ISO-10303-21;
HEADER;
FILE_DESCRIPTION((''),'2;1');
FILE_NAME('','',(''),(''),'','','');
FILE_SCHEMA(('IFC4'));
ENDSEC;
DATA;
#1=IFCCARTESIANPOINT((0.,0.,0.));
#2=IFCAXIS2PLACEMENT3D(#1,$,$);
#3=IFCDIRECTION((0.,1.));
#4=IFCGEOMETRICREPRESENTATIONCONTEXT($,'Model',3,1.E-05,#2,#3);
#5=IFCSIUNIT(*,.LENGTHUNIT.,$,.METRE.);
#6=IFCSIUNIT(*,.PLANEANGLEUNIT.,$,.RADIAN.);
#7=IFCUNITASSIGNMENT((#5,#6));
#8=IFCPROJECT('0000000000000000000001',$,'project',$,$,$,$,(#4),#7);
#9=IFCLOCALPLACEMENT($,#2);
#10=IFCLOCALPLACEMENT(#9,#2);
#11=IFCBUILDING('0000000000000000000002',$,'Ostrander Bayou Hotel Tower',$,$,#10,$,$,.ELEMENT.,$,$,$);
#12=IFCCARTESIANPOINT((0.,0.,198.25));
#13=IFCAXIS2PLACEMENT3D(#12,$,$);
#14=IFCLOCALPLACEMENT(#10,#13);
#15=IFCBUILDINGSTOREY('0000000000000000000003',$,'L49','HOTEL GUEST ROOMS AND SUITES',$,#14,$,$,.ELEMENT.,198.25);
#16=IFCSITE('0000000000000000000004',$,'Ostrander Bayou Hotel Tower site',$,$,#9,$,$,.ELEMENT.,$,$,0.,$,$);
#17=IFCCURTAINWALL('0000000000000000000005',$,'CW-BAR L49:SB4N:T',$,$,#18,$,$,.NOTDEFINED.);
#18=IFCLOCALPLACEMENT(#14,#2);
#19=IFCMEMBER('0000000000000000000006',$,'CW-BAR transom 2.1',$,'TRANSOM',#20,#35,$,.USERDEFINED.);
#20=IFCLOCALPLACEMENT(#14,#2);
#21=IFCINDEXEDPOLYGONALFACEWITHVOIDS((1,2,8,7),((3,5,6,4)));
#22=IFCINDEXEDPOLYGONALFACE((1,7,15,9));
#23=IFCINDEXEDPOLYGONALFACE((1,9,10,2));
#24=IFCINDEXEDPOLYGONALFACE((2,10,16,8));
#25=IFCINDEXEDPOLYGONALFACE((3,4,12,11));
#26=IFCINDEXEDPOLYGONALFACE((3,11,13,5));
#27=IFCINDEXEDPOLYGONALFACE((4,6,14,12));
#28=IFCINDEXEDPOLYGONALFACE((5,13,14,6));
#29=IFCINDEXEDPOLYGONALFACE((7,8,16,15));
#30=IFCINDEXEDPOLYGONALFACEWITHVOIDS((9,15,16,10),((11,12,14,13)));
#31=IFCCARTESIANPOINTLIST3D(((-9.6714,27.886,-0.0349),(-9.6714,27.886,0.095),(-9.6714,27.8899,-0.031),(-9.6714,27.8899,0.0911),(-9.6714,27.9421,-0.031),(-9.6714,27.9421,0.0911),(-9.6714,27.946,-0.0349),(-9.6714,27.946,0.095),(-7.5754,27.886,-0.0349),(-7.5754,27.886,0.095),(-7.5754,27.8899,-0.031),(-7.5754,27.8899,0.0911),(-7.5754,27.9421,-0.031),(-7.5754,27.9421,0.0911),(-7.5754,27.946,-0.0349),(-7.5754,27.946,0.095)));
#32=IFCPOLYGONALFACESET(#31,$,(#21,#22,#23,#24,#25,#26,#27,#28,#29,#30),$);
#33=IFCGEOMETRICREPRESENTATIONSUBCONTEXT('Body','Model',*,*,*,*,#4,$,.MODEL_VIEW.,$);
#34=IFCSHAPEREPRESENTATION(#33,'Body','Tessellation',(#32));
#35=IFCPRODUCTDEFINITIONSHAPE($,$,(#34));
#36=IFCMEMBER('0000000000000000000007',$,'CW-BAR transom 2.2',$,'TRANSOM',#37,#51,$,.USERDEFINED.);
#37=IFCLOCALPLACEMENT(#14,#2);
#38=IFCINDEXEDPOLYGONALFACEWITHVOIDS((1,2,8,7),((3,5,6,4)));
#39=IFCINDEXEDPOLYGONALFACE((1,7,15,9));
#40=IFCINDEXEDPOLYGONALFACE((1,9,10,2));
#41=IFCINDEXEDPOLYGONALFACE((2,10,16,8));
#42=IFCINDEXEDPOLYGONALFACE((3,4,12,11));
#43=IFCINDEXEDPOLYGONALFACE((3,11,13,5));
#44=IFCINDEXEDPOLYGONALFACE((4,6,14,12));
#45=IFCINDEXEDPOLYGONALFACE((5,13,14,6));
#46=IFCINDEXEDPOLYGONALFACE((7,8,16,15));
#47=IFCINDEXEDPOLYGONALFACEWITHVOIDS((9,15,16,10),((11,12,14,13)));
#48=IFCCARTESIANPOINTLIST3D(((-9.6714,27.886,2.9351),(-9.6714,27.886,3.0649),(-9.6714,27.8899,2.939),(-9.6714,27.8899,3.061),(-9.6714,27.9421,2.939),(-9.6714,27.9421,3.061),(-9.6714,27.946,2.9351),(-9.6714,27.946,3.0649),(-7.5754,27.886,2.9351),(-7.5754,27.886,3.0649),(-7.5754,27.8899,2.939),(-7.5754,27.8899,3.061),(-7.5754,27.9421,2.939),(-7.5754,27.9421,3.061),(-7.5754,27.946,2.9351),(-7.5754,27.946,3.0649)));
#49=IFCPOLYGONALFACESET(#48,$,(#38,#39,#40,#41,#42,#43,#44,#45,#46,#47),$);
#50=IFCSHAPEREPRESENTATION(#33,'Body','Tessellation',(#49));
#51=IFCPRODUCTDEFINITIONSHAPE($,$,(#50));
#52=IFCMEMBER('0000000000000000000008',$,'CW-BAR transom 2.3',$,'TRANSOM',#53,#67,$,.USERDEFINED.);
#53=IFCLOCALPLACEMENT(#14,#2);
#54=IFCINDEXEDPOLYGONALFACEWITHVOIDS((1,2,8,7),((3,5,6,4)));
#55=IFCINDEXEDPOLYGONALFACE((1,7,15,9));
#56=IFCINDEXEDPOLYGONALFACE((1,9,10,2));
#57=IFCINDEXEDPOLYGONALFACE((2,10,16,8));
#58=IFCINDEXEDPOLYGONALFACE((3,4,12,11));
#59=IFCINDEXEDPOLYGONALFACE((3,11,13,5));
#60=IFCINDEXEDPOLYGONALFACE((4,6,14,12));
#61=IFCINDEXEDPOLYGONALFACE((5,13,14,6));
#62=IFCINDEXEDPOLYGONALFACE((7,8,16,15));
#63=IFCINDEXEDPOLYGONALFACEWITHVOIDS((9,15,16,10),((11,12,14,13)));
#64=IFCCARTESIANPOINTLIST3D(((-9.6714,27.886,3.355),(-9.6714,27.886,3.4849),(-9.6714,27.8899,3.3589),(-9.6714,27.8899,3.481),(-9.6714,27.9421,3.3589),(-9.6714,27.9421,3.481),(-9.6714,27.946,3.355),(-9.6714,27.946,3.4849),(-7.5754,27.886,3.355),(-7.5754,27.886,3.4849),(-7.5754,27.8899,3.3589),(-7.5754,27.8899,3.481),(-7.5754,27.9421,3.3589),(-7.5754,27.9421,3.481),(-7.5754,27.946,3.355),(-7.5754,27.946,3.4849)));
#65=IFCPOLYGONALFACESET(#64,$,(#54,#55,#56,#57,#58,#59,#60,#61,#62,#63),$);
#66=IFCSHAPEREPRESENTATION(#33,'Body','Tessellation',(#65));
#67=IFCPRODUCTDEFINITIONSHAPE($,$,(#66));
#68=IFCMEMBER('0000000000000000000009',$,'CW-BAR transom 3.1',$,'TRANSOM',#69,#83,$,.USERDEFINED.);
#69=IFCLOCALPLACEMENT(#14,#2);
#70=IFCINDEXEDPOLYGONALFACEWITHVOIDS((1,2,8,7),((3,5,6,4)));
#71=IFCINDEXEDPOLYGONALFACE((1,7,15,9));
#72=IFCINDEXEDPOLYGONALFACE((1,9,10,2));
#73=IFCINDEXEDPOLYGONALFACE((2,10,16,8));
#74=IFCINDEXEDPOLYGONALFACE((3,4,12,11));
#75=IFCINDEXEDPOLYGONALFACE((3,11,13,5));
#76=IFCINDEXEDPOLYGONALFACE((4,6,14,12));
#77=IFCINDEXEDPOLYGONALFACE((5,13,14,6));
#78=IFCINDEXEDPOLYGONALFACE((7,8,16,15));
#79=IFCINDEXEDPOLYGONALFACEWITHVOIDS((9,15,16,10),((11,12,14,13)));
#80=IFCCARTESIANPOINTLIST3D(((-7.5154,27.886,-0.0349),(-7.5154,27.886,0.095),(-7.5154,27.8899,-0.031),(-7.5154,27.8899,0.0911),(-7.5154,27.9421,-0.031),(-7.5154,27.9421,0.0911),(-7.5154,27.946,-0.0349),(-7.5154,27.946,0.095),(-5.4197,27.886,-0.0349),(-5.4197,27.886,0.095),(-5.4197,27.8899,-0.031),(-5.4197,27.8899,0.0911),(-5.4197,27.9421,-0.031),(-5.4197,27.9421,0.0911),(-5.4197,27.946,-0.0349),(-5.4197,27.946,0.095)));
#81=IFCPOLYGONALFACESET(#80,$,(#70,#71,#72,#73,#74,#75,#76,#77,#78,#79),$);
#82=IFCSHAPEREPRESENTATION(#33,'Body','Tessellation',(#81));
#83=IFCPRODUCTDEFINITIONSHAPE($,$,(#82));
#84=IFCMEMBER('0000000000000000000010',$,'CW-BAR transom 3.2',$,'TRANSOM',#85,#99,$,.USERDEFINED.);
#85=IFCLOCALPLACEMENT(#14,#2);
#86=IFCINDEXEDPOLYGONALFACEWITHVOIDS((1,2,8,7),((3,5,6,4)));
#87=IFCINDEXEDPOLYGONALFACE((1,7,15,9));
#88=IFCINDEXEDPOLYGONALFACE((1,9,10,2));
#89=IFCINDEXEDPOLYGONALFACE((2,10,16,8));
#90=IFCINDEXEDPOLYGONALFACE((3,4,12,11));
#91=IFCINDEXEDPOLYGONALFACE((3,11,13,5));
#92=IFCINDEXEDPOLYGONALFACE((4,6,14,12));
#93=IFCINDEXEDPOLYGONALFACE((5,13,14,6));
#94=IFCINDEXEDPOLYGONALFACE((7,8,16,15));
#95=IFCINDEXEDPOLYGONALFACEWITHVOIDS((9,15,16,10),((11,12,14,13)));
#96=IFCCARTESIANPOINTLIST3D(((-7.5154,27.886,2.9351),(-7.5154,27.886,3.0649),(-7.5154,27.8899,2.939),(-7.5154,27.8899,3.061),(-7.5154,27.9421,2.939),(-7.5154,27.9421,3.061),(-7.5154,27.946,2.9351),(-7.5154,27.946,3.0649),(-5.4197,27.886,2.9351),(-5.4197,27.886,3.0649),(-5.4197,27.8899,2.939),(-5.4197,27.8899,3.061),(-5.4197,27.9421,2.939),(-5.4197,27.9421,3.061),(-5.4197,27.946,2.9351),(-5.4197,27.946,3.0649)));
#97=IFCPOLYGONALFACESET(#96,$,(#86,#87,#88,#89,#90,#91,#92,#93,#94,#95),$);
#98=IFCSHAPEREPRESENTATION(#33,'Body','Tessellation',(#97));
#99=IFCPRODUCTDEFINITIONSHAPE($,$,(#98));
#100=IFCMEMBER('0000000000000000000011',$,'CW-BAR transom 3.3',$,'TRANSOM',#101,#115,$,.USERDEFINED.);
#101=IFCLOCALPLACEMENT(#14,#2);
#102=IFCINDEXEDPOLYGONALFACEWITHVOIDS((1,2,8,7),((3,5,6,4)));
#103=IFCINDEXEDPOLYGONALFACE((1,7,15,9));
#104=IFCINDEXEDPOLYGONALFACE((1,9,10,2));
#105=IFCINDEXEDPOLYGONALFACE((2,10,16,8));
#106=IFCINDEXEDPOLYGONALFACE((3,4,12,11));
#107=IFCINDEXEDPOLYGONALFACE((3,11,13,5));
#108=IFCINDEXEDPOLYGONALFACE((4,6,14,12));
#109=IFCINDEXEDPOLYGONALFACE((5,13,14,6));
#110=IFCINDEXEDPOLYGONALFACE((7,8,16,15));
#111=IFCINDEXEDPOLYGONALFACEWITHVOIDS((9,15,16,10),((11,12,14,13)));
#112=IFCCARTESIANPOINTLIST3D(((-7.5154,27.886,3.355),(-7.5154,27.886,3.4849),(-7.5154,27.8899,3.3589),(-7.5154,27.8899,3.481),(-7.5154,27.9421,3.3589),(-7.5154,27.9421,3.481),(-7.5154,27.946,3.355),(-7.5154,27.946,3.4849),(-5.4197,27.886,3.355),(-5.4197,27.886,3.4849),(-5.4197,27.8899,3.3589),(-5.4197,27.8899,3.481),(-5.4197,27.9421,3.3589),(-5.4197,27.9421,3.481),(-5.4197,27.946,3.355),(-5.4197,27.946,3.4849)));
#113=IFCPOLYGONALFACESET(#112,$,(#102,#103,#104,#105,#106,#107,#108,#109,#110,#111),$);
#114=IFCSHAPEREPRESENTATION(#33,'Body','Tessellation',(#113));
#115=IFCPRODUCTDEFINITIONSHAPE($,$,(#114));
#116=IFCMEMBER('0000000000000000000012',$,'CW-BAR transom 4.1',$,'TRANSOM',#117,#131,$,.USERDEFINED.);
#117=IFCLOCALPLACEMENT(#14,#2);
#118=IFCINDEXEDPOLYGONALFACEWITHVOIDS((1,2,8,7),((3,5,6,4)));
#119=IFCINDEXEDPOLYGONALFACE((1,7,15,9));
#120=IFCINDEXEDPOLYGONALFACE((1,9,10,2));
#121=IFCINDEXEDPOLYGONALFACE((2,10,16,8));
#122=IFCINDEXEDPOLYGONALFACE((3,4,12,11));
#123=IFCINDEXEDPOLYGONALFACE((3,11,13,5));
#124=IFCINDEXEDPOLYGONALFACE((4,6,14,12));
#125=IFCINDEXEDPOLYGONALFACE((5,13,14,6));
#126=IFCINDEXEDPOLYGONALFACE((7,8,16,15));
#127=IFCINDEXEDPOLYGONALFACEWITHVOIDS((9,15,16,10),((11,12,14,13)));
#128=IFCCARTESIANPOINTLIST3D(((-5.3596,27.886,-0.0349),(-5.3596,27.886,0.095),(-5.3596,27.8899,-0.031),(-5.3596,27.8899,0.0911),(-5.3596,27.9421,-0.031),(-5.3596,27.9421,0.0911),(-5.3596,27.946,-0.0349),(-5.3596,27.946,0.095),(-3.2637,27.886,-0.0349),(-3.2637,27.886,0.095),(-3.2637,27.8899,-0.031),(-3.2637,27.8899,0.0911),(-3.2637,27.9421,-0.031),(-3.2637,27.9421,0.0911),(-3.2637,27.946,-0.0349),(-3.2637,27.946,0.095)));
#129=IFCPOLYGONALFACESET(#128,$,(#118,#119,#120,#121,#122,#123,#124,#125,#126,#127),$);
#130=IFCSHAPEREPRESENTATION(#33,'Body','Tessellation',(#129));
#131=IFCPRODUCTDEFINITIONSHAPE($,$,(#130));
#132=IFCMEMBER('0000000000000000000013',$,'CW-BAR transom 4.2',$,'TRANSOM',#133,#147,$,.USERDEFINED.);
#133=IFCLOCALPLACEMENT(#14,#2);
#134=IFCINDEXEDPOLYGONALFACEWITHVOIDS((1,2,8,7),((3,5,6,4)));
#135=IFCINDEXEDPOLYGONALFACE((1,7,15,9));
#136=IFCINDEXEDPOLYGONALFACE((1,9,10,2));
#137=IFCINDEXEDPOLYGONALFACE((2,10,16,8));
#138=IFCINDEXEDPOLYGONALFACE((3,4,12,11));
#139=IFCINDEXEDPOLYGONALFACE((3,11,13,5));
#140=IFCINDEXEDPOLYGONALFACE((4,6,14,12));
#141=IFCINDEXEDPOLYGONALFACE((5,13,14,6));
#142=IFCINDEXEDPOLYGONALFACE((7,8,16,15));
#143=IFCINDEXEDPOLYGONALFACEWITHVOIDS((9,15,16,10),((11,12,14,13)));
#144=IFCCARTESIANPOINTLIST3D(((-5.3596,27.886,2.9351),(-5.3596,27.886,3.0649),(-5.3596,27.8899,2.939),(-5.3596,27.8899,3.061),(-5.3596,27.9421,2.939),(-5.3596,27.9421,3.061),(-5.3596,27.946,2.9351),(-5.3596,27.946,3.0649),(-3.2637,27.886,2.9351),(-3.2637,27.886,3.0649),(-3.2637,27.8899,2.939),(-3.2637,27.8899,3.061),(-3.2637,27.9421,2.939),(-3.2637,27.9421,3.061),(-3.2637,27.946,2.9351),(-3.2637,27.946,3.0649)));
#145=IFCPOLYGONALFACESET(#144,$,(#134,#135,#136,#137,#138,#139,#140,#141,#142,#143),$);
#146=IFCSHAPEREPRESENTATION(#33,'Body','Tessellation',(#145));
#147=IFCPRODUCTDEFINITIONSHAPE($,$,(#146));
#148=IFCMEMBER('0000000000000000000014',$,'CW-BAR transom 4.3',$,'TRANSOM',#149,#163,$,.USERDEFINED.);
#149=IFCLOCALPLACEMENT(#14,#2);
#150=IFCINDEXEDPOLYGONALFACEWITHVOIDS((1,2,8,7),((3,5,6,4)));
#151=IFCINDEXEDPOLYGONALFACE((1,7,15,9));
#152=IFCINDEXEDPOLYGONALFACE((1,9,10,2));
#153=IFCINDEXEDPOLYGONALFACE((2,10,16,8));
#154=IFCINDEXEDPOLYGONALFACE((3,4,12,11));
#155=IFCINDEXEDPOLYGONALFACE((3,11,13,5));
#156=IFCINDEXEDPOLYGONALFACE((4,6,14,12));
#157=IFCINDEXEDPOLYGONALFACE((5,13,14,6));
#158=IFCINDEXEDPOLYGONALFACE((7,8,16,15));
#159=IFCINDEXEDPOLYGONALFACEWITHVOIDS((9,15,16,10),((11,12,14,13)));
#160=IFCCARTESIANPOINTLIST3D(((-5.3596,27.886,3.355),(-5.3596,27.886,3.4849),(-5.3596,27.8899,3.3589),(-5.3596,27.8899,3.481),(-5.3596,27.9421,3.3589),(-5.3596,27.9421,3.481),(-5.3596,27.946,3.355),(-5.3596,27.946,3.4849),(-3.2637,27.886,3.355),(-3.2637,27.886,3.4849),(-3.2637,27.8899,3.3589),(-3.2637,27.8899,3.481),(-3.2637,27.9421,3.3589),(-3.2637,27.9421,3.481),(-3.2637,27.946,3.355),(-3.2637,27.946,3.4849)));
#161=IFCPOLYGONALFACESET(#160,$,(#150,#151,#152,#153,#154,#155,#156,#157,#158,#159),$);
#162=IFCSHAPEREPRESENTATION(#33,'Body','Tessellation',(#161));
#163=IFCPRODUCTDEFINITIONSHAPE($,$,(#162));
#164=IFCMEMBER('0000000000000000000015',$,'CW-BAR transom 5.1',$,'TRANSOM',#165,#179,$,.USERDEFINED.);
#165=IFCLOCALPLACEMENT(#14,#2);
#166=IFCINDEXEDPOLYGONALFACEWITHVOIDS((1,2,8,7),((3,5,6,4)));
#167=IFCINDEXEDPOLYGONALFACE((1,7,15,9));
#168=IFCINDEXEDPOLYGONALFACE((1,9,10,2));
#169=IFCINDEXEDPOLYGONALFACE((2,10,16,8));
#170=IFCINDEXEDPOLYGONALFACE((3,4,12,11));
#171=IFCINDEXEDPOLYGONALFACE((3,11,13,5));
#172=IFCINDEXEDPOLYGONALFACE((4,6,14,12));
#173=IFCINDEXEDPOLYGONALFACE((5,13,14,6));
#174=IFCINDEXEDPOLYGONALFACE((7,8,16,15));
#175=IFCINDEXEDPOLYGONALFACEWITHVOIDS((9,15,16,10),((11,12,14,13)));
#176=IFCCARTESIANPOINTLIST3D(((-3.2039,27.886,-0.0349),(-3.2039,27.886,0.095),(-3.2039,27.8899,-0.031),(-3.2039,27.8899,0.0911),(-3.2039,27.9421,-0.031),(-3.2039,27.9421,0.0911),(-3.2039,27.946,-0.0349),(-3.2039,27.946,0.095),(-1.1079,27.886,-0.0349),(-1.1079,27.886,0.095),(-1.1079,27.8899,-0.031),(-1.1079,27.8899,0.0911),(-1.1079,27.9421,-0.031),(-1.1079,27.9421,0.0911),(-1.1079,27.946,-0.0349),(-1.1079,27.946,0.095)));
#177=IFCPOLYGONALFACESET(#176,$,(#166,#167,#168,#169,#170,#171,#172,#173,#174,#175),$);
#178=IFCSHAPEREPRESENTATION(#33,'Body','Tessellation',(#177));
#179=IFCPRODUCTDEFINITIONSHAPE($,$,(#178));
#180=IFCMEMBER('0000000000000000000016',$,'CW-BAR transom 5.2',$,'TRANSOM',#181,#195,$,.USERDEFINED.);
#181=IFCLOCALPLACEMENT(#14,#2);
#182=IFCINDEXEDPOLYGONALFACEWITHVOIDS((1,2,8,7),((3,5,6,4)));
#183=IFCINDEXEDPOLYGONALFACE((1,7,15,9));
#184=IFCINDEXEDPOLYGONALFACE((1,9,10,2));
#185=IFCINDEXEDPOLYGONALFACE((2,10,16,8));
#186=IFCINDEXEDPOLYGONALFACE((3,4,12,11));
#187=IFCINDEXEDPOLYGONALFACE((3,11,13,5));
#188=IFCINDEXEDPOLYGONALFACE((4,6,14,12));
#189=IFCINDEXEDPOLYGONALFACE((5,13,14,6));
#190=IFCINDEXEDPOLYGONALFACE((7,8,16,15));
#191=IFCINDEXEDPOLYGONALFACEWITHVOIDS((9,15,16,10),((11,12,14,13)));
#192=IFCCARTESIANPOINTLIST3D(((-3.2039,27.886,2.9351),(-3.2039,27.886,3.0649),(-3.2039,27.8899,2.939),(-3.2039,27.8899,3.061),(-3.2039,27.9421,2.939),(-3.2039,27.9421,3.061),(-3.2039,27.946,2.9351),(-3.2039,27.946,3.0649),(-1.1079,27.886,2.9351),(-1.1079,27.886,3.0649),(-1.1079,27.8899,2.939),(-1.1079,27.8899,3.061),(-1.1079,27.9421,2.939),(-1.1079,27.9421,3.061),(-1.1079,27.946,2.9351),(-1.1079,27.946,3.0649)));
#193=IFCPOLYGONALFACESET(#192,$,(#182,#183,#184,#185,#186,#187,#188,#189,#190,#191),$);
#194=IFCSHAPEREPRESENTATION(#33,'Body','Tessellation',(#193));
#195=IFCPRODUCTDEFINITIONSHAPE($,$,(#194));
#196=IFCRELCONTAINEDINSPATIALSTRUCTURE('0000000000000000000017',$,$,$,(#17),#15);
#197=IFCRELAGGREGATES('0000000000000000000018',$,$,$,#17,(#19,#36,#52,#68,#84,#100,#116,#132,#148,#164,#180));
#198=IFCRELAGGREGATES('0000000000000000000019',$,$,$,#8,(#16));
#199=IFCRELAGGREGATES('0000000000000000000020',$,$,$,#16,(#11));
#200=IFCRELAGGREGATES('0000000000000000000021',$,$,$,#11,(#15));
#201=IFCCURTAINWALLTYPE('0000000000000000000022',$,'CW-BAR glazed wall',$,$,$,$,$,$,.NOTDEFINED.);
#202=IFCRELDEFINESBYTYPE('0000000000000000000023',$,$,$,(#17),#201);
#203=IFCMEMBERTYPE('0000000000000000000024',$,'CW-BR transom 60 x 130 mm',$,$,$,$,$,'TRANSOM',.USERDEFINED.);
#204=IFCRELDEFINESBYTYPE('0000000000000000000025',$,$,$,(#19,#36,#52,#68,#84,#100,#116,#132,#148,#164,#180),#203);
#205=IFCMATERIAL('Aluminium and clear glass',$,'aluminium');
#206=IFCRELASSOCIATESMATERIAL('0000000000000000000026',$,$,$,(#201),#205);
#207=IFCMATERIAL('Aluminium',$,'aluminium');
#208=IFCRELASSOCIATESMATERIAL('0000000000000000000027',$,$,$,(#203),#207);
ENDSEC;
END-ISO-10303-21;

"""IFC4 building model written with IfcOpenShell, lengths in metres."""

from ifc_helpers import new_model, si_unit, direction, frame, origin, origin_2d, place, context, subcontext, project, spatial, hollow_rectangle, extrude, material, material_profile, profile_set, type_object, element, aggregate, save


model = new_model("IFC4")

# Units and contexts
model_context = context("Model", 3, precision=1e-05, world=origin(), true_north=direction((0.0, 1.0)))
body_context = subcontext(model_context, "Body", "Model", "MODEL_VIEW")
ifc_project = project(units=[si_unit("LENGTHUNIT", "METRE"), si_unit("PLANEANGLEUNIT", "RADIAN")], contexts=[model_context])

# Site, building, storey
site_placement = place(None, origin())
site = spatial("IfcSite", under=ifc_project, at=site_placement, Name="Ostrander Bayou Hotel Tower site", CompositionType="ELEMENT", RefElevation=0.0)
building_placement = place(site_placement, origin())
building = spatial("IfcBuilding", under=site, at=building_placement, Name="Ostrander Bayou Hotel Tower", CompositionType="ELEMENT")
storey_placement = place(building_placement, frame((0.0, 0.0, 198.25)))
storey = spatial("IfcBuildingStorey", under=building, at=storey_placement, Name="L49", Description="HOTEL GUEST ROOMS AND SUITES", CompositionType="ELEMENT", Elevation=198.25)

# Shared definitions
ifc_material_1 = material(Name="Aluminium and clear glass", Category="aluminium")
curtain_wall_type = type_object("IfcCurtainWallType", Name="CW-BAR glazed wall", PredefinedType="NOTDEFINED", material=ifc_material_1)

# Curtain wall
curtain_wall_1_placement = place(storey_placement, origin())
curtain_wall_1 = element("IfcCurtainWall", 1, at=curtain_wall_1_placement, inside=storey, type_object=curtain_wall_type, Name="CW-BAR L49:SB4N:T", PredefinedType="NOTDEFINED")

# Members
ifc_material_2 = material(Name="Aluminium", Category="aluminium")
ifc_material_profile_1 = material_profile(ifc_material_2, hollow_rectangle(XDim=0.0601, YDim=0.1299, WallThickness=0.0039, at=origin_2d()))
ifc_profile_set_1 = profile_set([ifc_material_profile_1], Name="Aluminium")
member_type_1 = type_object("IfcMemberType", Name="CW-BR transom 60 x 130 mm", ElementType="TRANSOM", PredefinedType="USERDEFINED", material=ifc_profile_set_1)
member_1_placement = place(storey_placement, frame((-9.6714, 27.916, 0.03), z_axis=(1.0, 0.0, 0.0), x_axis=(0.0, 1.0, 0.0)))
member_1 = element("IfcMember", 2, at=member_1_placement, type_object=member_type_1, Name="CW-BAR transom 2.1", ObjectType="TRANSOM", PredefinedType="USERDEFINED", context=body_context, shape_type="SweptSolid", body=[
    extrude(hollow_rectangle(XDim=0.0601, YDim=0.1299, WallThickness=0.0039, at=origin_2d()), origin(), (0.0, 0.0, 1.0), 2.0959),
])
member_2_placement = place(storey_placement, frame((-9.6714, 27.916, 3.0), z_axis=(1.0, 0.0, 0.0), x_axis=(0.0, 1.0, 0.0)))
member_2 = element("IfcMember", 3, at=member_2_placement, type_object=member_type_1, Name="CW-BAR transom 2.2", ObjectType="TRANSOM", PredefinedType="USERDEFINED", context=body_context, shape_type="SweptSolid", body=[
    extrude(hollow_rectangle(XDim=0.0601, YDim=0.1299, WallThickness=0.0039, at=origin_2d()), origin(), (0.0, 0.0, 1.0), 2.0959),
])
member_3_placement = place(storey_placement, frame((-9.6714, 27.916, 3.4199), z_axis=(1.0, 0.0, 0.0), x_axis=(0.0, 1.0, 0.0)))
member_3 = element("IfcMember", 4, at=member_3_placement, type_object=member_type_1, Name="CW-BAR transom 2.3", ObjectType="TRANSOM", PredefinedType="USERDEFINED", context=body_context, shape_type="SweptSolid", body=[
    extrude(hollow_rectangle(XDim=0.0601, YDim=0.1299, WallThickness=0.0039, at=origin_2d()), origin(), (0.0, 0.0, 1.0), 2.0959),
])
member_4_placement = place(storey_placement, frame((-7.5154, 27.916, 0.03), z_axis=(1.0, 0.0, 0.0), x_axis=(0.0, 1.0, 0.0)))
member_4 = element("IfcMember", 5, at=member_4_placement, type_object=member_type_1, Name="CW-BAR transom 3.1", ObjectType="TRANSOM", PredefinedType="USERDEFINED", context=body_context, shape_type="SweptSolid", body=[
    extrude(hollow_rectangle(XDim=0.0601, YDim=0.1299, WallThickness=0.0039, at=origin_2d()), origin(), (0.0, 0.0, 1.0), 2.0957),
])
member_5_placement = place(storey_placement, frame((-7.5154, 27.916, 3.0), z_axis=(1.0, 0.0, 0.0), x_axis=(0.0, 1.0, 0.0)))
member_5 = element("IfcMember", 6, at=member_5_placement, type_object=member_type_1, Name="CW-BAR transom 3.2", ObjectType="TRANSOM", PredefinedType="USERDEFINED", context=body_context, shape_type="SweptSolid", body=[
    extrude(hollow_rectangle(XDim=0.0601, YDim=0.1299, WallThickness=0.0039, at=origin_2d()), origin(), (0.0, 0.0, 1.0), 2.0957),
])
member_6_placement = place(storey_placement, frame((-7.5154, 27.916, 3.4199), z_axis=(1.0, 0.0, 0.0), x_axis=(0.0, 1.0, 0.0)))
member_6 = element("IfcMember", 7, at=member_6_placement, type_object=member_type_1, Name="CW-BAR transom 3.3", ObjectType="TRANSOM", PredefinedType="USERDEFINED", context=body_context, shape_type="SweptSolid", body=[
    extrude(hollow_rectangle(XDim=0.0601, YDim=0.1299, WallThickness=0.0039, at=origin_2d()), origin(), (0.0, 0.0, 1.0), 2.0957),
])
member_7_placement = place(storey_placement, frame((-5.3596, 27.916, 0.03), z_axis=(1.0, 0.0, 0.0), x_axis=(0.0, 1.0, 0.0)))
member_7 = element("IfcMember", 8, at=member_7_placement, type_object=member_type_1, Name="CW-BAR transom 4.1", ObjectType="TRANSOM", PredefinedType="USERDEFINED", context=body_context, shape_type="SweptSolid", body=[
    extrude(hollow_rectangle(XDim=0.0601, YDim=0.1299, WallThickness=0.0039, at=origin_2d()), origin(), (0.0, 0.0, 1.0), 2.0959),
])
member_8_placement = place(storey_placement, frame((-5.3596, 27.916, 3.0), z_axis=(1.0, 0.0, 0.0), x_axis=(0.0, 1.0, 0.0)))
member_8 = element("IfcMember", 9, at=member_8_placement, type_object=member_type_1, Name="CW-BAR transom 4.2", ObjectType="TRANSOM", PredefinedType="USERDEFINED", context=body_context, shape_type="SweptSolid", body=[
    extrude(hollow_rectangle(XDim=0.0601, YDim=0.1299, WallThickness=0.0039, at=origin_2d()), origin(), (0.0, 0.0, 1.0), 2.0959),
])
member_9_placement = place(storey_placement, frame((-5.3596, 27.916, 3.4199), z_axis=(1.0, 0.0, 0.0), x_axis=(0.0, 1.0, 0.0)))
member_9 = element("IfcMember", 10, at=member_9_placement, type_object=member_type_1, Name="CW-BAR transom 4.3", ObjectType="TRANSOM", PredefinedType="USERDEFINED", context=body_context, shape_type="SweptSolid", body=[
    extrude(hollow_rectangle(XDim=0.0601, YDim=0.1299, WallThickness=0.0039, at=origin_2d()), origin(), (0.0, 0.0, 1.0), 2.0959),
])
member_10_placement = place(storey_placement, frame((-3.2039, 27.916, 0.03), z_axis=(1.0, 0.0, 0.0), x_axis=(0.0, 1.0, 0.0)))
member_10 = element("IfcMember", 11, at=member_10_placement, type_object=member_type_1, Name="CW-BAR transom 5.1", ObjectType="TRANSOM", PredefinedType="USERDEFINED", context=body_context, shape_type="SweptSolid", body=[
    extrude(hollow_rectangle(XDim=0.0601, YDim=0.1299, WallThickness=0.0039, at=origin_2d()), origin(), (0.0, 0.0, 1.0), 2.0959),
])
member_11_placement = place(storey_placement, frame((-3.2039, 27.916, 3.0), z_axis=(1.0, 0.0, 0.0), x_axis=(0.0, 1.0, 0.0)))
member_11 = element("IfcMember", 12, at=member_11_placement, type_object=member_type_1, Name="CW-BAR transom 5.2", ObjectType="TRANSOM", PredefinedType="USERDEFINED", context=body_context, shape_type="SweptSolid", body=[
    extrude(hollow_rectangle(XDim=0.0601, YDim=0.1299, WallThickness=0.0039, at=origin_2d()), origin(), (0.0, 0.0, 1.0), 2.0959),
])

aggregate(curtain_wall_1, [member_1, member_2, member_3, member_4, member_5, member_6, member_7, member_8, member_9, member_10, member_11])

save(model, "model.ifc")
